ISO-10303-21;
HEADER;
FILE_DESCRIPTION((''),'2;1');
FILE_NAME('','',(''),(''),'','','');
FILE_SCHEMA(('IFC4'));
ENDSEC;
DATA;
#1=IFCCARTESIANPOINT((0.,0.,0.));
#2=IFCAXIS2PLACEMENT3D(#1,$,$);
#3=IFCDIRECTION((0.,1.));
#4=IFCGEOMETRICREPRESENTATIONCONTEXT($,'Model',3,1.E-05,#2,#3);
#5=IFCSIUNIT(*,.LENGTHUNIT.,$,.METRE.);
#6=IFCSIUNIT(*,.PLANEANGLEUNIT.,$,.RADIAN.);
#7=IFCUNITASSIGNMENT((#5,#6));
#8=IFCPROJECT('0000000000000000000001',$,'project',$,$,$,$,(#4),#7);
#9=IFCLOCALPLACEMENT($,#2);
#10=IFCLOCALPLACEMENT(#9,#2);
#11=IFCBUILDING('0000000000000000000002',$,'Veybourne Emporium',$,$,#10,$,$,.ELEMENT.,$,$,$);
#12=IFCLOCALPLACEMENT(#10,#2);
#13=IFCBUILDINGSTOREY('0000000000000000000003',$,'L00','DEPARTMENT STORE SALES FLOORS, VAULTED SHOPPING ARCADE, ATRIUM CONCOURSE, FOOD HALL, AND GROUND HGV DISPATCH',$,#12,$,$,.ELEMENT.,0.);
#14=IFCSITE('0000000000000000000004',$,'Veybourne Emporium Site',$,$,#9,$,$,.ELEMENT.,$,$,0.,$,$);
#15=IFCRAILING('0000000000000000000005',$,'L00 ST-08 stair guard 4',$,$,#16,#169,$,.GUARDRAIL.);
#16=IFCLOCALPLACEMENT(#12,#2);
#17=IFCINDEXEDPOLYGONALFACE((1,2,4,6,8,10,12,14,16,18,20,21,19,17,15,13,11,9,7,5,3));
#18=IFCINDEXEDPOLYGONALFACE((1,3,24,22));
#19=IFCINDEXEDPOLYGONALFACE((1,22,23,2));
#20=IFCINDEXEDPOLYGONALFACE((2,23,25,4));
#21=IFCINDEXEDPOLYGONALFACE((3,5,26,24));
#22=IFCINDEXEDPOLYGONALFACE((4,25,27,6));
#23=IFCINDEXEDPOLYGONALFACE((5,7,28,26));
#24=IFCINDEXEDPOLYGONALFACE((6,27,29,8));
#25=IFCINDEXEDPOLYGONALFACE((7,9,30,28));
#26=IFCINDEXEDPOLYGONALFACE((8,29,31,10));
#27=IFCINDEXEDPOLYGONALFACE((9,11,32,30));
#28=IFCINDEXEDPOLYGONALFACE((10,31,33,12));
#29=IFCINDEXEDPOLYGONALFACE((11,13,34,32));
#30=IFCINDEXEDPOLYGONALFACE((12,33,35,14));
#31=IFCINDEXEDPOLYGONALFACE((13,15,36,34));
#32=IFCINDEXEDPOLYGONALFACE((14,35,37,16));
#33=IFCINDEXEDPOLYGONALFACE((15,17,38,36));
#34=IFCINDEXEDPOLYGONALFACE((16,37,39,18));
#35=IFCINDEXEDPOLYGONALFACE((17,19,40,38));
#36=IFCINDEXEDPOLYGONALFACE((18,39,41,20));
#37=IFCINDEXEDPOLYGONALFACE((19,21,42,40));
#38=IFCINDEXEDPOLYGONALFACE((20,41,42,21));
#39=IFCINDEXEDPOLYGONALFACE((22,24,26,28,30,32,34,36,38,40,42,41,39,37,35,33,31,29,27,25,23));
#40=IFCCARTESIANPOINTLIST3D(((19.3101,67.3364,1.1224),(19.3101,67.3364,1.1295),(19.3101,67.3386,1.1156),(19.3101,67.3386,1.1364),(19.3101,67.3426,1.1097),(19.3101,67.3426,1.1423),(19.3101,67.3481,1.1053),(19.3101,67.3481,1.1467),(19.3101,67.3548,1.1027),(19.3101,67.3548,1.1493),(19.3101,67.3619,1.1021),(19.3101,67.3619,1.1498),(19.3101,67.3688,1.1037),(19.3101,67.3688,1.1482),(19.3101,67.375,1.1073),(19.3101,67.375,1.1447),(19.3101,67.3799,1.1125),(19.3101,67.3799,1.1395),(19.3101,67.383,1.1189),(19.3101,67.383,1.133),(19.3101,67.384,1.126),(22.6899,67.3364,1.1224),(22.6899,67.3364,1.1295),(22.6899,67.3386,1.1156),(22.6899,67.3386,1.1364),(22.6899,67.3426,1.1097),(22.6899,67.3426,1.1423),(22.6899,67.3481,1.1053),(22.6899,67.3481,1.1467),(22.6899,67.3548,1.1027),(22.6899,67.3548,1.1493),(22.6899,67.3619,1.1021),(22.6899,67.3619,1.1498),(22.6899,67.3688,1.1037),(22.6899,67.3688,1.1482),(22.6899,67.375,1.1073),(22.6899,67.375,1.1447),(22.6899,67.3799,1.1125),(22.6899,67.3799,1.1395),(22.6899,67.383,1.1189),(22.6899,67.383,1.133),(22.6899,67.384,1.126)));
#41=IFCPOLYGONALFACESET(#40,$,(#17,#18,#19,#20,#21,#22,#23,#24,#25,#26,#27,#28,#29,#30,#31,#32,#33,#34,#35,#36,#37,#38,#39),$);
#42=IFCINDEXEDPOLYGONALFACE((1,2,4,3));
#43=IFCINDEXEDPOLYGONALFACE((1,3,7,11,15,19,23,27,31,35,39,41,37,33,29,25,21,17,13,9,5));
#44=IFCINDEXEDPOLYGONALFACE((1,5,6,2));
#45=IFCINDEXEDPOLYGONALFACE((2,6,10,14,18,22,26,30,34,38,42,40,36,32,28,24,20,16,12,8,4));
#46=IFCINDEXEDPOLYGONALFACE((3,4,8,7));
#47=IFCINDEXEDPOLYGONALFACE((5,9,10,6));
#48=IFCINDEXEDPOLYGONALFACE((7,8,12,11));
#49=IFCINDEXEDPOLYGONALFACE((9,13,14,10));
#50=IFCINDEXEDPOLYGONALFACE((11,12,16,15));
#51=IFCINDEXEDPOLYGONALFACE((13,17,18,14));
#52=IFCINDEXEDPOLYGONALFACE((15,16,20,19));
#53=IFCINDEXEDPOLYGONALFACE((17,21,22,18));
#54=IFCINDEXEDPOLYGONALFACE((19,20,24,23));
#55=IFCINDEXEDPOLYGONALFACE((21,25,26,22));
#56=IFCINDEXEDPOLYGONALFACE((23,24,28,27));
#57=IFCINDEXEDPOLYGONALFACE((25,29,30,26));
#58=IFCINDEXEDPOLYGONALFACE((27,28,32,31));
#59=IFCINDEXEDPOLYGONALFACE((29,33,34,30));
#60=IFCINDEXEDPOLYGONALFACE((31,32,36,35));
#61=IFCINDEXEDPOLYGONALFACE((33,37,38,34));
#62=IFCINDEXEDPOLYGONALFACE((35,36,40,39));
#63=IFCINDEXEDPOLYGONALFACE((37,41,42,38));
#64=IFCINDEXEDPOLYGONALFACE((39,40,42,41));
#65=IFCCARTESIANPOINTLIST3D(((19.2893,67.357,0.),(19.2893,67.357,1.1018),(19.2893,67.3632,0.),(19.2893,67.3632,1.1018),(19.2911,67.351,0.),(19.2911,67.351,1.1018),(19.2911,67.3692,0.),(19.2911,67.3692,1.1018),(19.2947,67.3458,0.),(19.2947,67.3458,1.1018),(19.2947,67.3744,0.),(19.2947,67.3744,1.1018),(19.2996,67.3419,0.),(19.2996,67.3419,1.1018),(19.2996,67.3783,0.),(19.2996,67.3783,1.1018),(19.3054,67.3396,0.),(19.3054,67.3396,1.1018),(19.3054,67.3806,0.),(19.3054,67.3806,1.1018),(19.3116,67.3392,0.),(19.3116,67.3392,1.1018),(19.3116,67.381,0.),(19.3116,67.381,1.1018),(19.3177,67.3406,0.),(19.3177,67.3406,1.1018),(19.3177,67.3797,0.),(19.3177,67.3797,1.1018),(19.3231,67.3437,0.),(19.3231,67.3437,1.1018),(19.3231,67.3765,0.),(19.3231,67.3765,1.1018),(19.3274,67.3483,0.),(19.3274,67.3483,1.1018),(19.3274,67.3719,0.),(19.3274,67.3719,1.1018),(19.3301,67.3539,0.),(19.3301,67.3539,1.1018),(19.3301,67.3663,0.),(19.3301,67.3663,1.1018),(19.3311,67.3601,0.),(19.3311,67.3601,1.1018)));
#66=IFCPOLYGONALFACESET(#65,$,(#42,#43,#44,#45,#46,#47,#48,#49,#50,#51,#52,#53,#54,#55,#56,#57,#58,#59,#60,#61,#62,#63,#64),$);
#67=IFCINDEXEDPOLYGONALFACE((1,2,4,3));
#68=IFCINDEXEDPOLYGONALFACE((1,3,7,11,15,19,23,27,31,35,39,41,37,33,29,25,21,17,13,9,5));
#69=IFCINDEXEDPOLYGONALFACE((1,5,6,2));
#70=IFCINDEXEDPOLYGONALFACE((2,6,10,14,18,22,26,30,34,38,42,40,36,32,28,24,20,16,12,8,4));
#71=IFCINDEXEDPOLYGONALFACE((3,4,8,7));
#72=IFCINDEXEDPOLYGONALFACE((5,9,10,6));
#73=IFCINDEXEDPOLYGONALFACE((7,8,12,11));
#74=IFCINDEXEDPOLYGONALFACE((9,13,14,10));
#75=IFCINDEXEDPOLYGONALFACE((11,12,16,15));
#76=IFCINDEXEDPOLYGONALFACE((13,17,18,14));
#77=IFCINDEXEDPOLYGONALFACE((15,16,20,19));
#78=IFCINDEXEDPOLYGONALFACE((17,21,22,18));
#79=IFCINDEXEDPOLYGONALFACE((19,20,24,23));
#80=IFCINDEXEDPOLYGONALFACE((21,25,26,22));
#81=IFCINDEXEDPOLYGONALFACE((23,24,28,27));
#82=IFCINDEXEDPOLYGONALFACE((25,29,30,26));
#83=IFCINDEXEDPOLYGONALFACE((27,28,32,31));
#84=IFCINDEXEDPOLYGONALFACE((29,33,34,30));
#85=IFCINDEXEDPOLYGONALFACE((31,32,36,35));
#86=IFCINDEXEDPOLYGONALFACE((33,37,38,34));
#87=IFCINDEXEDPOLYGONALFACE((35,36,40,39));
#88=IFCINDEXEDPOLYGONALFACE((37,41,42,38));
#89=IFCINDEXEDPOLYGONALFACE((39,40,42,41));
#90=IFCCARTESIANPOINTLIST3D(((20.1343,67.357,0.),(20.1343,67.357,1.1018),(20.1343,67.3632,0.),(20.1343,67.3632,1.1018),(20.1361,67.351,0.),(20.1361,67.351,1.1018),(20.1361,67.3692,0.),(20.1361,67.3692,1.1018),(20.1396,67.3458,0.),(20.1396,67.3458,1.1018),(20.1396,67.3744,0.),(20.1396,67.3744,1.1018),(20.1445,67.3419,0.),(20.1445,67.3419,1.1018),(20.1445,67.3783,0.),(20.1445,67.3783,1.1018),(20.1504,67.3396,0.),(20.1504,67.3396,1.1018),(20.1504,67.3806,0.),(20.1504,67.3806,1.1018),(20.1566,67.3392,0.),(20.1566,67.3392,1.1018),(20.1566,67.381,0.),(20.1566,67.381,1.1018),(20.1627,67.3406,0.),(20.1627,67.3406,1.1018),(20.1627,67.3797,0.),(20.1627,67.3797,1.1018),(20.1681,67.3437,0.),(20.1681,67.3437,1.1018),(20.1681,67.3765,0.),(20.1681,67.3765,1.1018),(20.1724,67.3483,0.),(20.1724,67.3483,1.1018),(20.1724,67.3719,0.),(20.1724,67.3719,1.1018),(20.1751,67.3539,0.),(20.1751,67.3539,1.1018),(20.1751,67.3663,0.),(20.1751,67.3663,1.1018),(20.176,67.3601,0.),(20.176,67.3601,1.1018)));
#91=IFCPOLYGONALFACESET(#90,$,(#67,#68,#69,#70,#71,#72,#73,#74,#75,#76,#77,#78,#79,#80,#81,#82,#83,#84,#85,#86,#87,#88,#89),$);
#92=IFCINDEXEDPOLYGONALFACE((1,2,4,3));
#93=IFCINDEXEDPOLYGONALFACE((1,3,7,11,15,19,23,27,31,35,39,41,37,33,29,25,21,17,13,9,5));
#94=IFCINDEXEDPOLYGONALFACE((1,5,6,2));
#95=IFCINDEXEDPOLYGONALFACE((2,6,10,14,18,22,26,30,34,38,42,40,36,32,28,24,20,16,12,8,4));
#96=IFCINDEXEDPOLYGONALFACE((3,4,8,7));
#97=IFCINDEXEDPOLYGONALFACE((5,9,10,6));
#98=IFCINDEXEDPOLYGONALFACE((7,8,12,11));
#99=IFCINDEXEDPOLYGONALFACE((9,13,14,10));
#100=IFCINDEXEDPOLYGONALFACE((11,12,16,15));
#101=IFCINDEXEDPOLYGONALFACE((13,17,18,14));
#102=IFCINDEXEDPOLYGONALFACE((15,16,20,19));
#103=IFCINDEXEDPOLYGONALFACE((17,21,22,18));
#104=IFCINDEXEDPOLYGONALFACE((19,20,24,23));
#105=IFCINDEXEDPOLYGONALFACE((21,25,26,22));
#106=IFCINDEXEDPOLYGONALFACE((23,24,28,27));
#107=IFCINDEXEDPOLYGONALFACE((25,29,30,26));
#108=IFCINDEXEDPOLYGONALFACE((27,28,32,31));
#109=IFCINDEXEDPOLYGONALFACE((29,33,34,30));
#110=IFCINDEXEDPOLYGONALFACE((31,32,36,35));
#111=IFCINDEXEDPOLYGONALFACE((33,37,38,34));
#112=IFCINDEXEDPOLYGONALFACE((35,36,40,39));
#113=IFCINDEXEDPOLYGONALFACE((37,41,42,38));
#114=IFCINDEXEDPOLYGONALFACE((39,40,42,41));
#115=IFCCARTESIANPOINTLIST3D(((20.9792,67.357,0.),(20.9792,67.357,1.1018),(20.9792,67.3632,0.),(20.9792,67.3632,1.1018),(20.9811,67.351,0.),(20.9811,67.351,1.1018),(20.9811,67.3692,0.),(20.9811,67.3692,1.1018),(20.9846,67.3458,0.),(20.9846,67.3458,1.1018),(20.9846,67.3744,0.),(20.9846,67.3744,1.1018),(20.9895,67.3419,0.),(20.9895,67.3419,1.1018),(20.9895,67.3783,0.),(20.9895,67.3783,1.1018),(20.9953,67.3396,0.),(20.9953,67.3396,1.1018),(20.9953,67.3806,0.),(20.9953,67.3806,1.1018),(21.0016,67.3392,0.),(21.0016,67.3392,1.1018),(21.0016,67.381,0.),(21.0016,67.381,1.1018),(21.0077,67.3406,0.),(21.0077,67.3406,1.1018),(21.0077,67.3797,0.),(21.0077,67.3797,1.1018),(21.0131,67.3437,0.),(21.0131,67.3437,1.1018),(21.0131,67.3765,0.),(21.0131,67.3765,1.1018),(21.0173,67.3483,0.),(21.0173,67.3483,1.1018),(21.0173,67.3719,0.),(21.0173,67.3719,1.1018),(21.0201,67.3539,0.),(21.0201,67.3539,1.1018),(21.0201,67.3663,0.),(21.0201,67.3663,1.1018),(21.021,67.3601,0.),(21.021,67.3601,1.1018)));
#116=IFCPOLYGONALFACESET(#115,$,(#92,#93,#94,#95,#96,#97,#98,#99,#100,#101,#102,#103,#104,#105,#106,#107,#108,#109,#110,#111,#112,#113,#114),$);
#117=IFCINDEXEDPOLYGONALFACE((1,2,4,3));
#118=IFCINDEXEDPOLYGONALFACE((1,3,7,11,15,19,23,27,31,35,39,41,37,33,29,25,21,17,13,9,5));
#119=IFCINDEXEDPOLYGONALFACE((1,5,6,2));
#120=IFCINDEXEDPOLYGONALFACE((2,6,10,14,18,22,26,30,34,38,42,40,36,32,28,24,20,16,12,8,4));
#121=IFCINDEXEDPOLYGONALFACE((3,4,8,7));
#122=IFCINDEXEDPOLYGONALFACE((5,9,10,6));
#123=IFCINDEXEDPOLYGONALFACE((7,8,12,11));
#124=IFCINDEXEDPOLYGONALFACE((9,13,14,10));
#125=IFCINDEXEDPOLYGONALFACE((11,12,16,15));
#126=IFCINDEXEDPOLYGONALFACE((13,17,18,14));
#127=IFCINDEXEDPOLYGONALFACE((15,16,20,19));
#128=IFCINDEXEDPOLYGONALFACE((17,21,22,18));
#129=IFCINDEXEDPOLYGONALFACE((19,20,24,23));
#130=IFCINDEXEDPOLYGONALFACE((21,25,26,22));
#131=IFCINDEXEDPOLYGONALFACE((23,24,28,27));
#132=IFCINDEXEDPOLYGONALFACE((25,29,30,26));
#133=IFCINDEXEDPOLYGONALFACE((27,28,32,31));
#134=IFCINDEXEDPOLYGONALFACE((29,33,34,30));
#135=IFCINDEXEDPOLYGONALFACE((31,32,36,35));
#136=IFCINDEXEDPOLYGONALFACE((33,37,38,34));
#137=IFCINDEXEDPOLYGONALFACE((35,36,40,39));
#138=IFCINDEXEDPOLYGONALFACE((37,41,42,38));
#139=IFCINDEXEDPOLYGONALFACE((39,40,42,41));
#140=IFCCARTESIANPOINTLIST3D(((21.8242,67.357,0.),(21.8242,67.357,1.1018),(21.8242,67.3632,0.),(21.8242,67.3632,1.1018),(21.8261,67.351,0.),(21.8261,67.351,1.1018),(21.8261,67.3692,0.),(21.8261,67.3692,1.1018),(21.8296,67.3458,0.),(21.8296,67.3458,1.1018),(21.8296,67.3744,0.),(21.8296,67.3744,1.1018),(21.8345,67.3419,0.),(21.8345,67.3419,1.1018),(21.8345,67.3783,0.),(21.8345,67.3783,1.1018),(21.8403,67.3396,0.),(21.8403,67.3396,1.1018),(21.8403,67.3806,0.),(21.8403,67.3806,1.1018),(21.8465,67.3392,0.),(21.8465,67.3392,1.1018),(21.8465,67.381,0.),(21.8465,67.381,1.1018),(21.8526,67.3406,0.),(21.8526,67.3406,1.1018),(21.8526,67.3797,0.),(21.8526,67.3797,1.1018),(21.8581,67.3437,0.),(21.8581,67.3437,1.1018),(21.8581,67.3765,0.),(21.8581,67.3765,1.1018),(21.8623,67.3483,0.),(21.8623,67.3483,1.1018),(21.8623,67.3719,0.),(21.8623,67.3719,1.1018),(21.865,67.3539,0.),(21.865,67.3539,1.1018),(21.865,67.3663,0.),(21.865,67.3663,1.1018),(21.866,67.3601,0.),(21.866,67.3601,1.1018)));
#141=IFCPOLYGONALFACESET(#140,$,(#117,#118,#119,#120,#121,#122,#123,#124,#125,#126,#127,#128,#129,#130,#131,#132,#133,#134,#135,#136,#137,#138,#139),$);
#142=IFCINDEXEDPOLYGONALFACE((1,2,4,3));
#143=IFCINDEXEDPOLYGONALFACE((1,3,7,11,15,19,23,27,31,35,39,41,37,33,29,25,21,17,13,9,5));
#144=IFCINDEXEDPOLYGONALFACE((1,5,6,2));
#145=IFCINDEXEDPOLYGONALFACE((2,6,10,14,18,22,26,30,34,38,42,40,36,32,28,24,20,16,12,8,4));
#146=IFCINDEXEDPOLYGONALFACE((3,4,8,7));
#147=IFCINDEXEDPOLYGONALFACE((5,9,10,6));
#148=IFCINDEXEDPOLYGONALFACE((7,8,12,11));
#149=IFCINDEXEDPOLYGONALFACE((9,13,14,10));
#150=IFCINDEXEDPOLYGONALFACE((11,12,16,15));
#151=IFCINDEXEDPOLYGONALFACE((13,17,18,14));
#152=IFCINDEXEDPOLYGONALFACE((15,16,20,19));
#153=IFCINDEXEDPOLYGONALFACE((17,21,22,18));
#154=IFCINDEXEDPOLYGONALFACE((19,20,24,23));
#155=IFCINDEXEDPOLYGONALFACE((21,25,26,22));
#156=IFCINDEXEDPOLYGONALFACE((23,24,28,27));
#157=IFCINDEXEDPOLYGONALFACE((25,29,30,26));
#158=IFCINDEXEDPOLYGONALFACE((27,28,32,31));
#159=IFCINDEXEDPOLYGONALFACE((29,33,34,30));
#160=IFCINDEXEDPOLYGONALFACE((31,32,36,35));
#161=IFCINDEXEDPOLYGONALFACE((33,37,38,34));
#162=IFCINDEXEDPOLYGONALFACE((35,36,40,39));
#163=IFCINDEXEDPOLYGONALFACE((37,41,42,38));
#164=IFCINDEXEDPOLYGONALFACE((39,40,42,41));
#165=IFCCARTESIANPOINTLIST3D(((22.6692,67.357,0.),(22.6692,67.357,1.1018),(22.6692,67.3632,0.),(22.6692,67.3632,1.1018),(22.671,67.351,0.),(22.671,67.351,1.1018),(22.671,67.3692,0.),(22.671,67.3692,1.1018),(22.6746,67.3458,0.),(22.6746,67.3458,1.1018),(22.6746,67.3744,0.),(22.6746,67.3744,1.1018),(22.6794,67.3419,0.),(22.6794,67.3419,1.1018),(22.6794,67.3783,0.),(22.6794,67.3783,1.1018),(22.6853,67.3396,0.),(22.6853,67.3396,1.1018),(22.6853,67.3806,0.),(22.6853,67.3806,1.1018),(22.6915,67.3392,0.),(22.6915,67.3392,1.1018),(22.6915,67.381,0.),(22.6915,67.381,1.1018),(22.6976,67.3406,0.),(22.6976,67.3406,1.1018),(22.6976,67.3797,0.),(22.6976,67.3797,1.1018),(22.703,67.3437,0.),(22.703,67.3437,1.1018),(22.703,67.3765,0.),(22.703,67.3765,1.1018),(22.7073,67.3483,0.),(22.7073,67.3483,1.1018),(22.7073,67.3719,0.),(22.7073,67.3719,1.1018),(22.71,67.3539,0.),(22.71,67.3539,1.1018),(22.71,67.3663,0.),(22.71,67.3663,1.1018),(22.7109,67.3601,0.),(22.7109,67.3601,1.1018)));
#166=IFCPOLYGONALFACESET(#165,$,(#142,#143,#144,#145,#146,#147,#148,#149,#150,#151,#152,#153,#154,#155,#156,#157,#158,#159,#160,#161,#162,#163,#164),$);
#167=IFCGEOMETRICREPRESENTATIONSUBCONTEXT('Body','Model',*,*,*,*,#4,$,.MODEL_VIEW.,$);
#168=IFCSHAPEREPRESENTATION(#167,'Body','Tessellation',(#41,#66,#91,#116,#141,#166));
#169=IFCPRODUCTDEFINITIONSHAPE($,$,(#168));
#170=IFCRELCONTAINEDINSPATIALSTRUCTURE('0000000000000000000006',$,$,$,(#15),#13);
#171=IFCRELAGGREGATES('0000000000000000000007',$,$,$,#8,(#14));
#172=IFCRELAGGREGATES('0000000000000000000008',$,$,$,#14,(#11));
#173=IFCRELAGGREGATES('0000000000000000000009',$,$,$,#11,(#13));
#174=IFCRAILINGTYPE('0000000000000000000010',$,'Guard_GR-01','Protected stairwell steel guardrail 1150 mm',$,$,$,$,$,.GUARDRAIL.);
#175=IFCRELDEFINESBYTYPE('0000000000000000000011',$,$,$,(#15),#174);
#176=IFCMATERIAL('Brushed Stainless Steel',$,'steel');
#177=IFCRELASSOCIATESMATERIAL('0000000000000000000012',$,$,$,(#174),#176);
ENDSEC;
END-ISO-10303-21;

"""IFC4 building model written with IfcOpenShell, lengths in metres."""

from ifc_helpers import new_model, si_unit, direction, frame, origin, origin_2d, place, context, subcontext, project, spatial, circle, extrude, material, type_object, element, save


model = new_model("IFC4")

# Units and contexts
model_context = context("Model", 3, precision=1e-05, world=origin(), true_north=direction((0.0, 1.0)))
body_context = subcontext(model_context, "Body", "Model", "MODEL_VIEW")
ifc_project = project(units=[si_unit("LENGTHUNIT", "METRE"), si_unit("PLANEANGLEUNIT", "RADIAN")], contexts=[model_context])

# Site, building, storey
site_placement = place(None, origin())
site = spatial("IfcSite", under=ifc_project, at=site_placement, Name="Veybourne Emporium Site", CompositionType="ELEMENT", RefElevation=0.0)
building_placement = place(site_placement, origin())
building = spatial("IfcBuilding", under=site, at=building_placement, Name="Veybourne Emporium", CompositionType="ELEMENT")
storey_placement = place(building_placement, origin())
storey = spatial("IfcBuildingStorey", under=building, at=storey_placement, Name="L00", Description="DEPARTMENT STORE SALES FLOORS, VAULTED SHOPPING ARCADE, ATRIUM CONCOURSE, FOOD HALL, AND GROUND HGV DISPATCH", CompositionType="ELEMENT", Elevation=0.0)

# Railing
ifc_material_1 = material(Name="Brushed Stainless Steel", Category="steel")
railing_type_1 = type_object("IfcRailingType", Name="Guard_GR-01", Description="Protected stairwell steel guardrail 1150 mm", PredefinedType="GUARDRAIL", material=ifc_material_1)
railing_1_placement = place(storey_placement, frame((19.3101, 67.3601, 0.0)))
element("IfcRailing", 1, at=railing_1_placement, inside=storey, type_object=railing_type_1, Name="L00 ST-08 stair guard 4", PredefinedType="GUARDRAIL", context=body_context, shape_type="SweptSolid", body=[
    extrude(circle(Radius=0.0239, at=origin_2d()), frame((0.0, 0.0, 1.126), z_axis=(1.0, 0.0, 0.0), x_axis=(0.0, 1.0, 0.0)), (0.0, 0.0, 1.0), 3.3799),
    extrude(circle(Radius=0.021, at=origin_2d()), origin(), (0.0, 0.0, 1.0), 1.1018),
    extrude(circle(Radius=0.021, at=origin_2d()), frame((0.845, 0.0, 0.0)), (0.0, 0.0, 1.0), 1.1018),
    extrude(circle(Radius=0.021, at=origin_2d()), frame((1.6899, 0.0, 0.0)), (0.0, 0.0, 1.0), 1.1018),
    extrude(circle(Radius=0.021, at=origin_2d()), frame((2.5349, 0.0, 0.0)), (0.0, 0.0, 1.0), 1.1018),
    extrude(circle(Radius=0.021, at=origin_2d()), frame((3.3799, 0.0, 0.0)), (0.0, 0.0, 1.0), 1.1018),
])

save(model, "model.ifc")
